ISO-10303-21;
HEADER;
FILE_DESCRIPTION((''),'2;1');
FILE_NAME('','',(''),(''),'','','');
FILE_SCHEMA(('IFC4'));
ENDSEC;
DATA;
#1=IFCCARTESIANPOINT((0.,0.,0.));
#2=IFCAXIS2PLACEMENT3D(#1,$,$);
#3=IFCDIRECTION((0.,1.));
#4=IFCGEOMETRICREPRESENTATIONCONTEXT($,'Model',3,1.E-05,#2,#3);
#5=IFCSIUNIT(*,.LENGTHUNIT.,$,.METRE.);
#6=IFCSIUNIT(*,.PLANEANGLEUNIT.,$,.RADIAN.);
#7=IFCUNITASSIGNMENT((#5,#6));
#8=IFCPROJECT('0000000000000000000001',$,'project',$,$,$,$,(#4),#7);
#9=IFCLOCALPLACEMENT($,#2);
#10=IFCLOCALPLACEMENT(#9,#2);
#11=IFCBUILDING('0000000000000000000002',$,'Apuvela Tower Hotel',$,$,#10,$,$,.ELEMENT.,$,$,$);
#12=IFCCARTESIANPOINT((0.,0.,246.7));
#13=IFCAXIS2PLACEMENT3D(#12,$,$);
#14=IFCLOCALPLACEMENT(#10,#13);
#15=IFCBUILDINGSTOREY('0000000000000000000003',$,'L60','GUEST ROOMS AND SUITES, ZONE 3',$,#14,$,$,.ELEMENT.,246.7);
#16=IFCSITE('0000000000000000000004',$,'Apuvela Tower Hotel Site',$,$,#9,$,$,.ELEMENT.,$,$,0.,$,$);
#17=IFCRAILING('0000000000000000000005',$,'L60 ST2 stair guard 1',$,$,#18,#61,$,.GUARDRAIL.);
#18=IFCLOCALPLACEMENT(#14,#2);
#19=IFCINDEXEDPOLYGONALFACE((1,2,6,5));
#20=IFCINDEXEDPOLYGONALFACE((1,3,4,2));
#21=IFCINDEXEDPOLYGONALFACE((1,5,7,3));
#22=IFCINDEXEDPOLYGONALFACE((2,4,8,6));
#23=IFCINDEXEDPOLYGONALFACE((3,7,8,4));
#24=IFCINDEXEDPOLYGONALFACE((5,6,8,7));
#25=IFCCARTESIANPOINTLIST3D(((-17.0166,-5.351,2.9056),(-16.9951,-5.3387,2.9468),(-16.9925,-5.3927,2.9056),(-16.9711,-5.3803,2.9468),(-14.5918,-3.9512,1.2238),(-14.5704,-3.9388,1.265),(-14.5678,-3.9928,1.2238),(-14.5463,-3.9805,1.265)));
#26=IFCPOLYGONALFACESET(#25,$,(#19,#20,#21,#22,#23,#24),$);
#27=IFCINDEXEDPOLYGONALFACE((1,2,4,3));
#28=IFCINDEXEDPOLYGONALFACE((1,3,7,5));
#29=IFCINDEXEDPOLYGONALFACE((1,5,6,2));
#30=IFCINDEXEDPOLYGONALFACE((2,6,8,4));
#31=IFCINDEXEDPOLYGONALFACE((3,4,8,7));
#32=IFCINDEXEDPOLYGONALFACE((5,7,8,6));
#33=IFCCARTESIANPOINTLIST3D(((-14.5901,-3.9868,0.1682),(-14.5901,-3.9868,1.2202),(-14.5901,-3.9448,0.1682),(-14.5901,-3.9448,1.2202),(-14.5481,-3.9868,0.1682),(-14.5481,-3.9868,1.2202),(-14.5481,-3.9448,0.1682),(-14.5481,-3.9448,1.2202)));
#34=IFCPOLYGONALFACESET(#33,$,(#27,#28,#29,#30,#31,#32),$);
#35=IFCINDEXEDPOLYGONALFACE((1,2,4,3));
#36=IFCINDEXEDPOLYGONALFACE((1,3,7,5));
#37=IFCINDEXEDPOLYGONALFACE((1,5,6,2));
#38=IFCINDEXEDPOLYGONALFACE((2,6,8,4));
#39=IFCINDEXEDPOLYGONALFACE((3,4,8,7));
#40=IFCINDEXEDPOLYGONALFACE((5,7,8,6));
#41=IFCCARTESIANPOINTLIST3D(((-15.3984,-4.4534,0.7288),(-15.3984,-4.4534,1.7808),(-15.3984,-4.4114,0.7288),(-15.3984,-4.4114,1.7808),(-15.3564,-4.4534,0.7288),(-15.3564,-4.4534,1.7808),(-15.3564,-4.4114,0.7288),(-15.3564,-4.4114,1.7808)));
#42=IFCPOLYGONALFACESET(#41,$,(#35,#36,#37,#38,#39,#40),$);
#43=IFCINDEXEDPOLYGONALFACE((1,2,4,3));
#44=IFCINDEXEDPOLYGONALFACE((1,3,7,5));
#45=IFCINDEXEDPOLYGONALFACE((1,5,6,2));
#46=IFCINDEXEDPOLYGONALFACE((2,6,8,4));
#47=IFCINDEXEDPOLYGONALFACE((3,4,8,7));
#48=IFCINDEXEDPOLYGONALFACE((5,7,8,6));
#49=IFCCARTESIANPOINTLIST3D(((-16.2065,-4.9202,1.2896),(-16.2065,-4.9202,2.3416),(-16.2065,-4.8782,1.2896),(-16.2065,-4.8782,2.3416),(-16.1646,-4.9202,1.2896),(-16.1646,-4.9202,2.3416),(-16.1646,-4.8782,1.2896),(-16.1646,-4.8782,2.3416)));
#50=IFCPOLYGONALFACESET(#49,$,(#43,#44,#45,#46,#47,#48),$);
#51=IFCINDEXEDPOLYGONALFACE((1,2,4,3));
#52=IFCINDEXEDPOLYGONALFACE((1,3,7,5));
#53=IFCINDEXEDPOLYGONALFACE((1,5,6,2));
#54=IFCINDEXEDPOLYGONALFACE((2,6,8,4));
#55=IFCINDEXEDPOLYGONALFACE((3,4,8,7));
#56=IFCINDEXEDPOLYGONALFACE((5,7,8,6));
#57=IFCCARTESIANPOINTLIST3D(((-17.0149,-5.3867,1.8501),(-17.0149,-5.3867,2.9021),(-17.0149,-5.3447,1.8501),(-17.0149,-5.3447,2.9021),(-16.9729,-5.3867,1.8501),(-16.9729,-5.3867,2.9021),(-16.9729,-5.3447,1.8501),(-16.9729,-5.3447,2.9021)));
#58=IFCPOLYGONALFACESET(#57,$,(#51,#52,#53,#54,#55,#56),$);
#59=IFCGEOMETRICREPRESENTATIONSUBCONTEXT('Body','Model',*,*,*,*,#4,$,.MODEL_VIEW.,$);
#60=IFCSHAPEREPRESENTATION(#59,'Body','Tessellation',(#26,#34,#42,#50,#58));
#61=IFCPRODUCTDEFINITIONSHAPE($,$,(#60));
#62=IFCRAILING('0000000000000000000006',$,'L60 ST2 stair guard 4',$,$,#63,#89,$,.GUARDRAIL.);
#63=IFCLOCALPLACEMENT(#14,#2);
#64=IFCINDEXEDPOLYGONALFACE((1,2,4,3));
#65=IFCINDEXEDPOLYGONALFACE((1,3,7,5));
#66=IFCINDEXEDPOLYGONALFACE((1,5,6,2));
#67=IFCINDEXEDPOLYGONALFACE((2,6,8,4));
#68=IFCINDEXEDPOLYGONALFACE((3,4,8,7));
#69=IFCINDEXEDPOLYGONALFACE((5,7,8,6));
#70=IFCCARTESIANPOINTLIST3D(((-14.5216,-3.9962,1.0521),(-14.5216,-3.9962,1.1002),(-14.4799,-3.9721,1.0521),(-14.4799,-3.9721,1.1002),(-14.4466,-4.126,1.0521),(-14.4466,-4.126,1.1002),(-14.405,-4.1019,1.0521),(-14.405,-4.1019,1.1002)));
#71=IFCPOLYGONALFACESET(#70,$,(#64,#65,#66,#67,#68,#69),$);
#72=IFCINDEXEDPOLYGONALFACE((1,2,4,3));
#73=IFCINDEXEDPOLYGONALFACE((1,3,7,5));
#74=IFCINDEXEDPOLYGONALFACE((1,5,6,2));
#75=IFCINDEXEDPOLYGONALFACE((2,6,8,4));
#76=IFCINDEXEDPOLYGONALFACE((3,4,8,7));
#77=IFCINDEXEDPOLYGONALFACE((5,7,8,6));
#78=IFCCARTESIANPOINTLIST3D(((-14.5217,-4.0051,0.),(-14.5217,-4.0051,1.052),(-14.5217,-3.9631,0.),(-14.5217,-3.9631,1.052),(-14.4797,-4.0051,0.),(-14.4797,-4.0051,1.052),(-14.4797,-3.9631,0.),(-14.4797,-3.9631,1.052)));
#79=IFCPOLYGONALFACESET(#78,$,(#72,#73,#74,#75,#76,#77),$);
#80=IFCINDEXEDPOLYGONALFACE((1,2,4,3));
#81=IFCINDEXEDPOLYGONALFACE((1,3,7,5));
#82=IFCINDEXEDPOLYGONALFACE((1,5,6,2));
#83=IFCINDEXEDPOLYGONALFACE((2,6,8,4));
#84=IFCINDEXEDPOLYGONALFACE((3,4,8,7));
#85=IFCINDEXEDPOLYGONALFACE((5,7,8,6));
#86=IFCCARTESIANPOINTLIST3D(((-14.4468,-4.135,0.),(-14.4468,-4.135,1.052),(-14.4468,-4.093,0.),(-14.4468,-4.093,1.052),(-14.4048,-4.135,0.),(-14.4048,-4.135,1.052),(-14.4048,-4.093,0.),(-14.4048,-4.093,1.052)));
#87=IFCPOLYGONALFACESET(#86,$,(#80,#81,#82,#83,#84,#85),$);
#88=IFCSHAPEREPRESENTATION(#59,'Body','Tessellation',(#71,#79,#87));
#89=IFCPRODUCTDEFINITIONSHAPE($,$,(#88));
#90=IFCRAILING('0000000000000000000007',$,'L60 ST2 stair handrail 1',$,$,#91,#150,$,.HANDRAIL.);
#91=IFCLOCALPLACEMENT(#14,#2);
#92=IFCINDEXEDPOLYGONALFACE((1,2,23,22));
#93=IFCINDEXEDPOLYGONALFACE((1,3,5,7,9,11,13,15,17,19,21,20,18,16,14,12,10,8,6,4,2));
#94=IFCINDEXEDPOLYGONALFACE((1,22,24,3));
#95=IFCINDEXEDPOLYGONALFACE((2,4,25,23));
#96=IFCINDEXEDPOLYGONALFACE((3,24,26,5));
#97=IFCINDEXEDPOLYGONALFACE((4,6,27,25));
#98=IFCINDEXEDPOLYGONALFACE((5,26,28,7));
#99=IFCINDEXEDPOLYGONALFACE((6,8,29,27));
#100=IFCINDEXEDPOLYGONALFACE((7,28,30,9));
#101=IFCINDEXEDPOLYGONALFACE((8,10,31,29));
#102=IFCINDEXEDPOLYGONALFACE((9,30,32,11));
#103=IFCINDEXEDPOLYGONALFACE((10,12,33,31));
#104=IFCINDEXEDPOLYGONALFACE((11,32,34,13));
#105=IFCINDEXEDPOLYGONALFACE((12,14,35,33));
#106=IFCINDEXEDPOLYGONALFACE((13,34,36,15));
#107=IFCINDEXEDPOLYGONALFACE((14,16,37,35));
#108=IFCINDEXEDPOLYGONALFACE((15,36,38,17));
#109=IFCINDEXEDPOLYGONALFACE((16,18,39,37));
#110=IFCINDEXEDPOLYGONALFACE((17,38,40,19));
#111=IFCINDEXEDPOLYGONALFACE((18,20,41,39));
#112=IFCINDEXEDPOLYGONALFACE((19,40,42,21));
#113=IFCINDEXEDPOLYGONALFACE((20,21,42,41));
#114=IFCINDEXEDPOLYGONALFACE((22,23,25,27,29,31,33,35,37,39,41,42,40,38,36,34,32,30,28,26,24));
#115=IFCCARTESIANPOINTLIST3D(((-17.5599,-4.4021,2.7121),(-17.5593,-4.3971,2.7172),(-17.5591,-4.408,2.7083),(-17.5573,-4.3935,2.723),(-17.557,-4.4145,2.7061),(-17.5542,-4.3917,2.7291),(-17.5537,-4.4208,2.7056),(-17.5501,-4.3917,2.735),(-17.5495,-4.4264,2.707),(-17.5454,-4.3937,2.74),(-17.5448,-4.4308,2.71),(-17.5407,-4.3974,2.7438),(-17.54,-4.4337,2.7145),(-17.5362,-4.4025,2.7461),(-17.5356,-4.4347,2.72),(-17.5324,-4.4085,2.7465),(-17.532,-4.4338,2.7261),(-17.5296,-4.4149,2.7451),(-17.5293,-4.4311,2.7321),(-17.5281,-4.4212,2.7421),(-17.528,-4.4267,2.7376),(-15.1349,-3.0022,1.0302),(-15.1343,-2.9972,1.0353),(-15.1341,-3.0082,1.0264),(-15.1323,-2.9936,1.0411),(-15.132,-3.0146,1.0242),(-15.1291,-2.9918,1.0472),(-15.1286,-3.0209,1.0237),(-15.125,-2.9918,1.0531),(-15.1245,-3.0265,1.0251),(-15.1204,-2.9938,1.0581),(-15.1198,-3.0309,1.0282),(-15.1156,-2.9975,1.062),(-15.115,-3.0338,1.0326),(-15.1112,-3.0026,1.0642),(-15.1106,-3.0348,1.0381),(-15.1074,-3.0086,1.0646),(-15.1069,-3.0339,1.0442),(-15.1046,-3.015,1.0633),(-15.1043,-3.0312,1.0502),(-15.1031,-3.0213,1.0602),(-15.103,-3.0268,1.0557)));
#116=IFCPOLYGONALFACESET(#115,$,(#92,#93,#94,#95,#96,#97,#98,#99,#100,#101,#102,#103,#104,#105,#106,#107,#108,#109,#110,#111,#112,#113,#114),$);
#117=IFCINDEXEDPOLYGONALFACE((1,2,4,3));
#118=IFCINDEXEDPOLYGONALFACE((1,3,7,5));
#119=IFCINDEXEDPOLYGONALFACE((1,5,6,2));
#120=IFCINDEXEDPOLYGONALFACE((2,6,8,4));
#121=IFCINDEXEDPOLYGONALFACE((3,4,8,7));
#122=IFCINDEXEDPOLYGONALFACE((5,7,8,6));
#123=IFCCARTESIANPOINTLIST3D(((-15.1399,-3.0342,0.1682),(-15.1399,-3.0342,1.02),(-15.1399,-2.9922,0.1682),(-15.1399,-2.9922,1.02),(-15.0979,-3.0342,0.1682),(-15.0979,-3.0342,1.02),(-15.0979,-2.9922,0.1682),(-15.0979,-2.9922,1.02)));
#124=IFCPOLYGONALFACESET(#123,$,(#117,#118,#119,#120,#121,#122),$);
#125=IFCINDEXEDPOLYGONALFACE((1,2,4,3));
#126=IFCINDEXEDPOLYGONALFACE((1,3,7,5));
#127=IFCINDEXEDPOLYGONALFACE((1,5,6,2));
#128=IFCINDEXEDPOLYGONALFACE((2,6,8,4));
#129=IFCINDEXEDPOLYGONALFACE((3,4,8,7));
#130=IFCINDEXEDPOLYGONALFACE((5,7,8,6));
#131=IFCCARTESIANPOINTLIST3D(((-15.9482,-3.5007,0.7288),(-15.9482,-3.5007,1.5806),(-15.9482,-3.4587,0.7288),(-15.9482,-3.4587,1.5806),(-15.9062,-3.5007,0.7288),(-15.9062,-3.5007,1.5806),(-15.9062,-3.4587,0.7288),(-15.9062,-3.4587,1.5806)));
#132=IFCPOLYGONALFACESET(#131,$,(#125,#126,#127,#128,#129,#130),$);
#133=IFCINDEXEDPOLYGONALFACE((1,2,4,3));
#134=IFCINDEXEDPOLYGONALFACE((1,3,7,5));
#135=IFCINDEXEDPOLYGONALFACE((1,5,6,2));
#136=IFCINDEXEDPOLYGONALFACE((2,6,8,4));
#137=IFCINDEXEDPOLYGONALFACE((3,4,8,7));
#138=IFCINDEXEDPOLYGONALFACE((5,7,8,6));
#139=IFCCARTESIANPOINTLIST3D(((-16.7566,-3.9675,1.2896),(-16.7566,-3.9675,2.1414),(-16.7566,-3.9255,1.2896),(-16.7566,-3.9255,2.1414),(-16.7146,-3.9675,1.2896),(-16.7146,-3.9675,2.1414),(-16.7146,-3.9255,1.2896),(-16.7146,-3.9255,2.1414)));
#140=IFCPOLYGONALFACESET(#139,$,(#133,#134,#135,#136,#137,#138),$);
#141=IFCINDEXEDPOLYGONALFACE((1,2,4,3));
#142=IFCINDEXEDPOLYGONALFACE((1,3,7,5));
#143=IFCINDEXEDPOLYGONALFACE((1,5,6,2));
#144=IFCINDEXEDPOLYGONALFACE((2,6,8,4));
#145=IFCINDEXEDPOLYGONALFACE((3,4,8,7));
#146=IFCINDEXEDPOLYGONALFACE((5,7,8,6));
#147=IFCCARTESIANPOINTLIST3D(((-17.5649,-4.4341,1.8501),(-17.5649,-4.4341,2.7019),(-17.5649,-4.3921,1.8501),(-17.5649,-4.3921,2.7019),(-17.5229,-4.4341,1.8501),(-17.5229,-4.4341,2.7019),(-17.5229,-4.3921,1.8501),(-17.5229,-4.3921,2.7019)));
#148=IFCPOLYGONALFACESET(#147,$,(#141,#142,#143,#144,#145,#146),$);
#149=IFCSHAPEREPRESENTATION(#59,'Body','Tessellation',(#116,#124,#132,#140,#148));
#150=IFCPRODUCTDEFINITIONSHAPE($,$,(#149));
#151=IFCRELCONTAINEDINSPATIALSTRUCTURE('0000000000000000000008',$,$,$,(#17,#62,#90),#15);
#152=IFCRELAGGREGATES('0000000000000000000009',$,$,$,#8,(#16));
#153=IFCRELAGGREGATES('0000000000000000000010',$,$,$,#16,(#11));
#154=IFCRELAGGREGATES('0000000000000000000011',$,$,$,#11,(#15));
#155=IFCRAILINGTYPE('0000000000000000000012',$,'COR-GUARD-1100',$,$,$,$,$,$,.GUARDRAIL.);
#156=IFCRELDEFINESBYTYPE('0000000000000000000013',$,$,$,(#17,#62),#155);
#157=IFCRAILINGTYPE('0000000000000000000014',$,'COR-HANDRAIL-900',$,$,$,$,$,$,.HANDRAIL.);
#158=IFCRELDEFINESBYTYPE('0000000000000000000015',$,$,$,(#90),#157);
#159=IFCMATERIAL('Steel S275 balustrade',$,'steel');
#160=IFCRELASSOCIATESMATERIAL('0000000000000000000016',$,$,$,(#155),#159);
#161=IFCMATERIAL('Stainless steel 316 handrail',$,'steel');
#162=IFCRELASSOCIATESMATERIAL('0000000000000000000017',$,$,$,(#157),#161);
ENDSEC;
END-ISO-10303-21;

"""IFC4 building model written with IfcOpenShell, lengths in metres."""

from ifc_helpers import new_model, si_unit, direction, frame, origin, origin_2d, place, context, subcontext, project, spatial, rectangle, circle, extrude, material, type_object, element, save


model = new_model("IFC4")

# Units and contexts
model_context = context("Model", 3, precision=1e-05, world=origin(), true_north=direction((0.0, 1.0)))
body_context = subcontext(model_context, "Body", "Model", "MODEL_VIEW")
ifc_project = project(units=[si_unit("LENGTHUNIT", "METRE"), si_unit("PLANEANGLEUNIT", "RADIAN")], contexts=[model_context])

# Site, building, storey
site_placement = place(None, origin())
site = spatial("IfcSite", under=ifc_project, at=site_placement, Name="Apuvela Tower Hotel Site", CompositionType="ELEMENT", RefElevation=0.0)
building_placement = place(site_placement, origin())
building = spatial("IfcBuilding", under=site, at=building_placement, Name="Apuvela Tower Hotel", CompositionType="ELEMENT")
storey_placement = place(building_placement, frame((0.0, 0.0, 246.7)))
storey = spatial("IfcBuildingStorey", under=building, at=storey_placement, Name="L60", Description="GUEST ROOMS AND SUITES, ZONE 3", CompositionType="ELEMENT", Elevation=246.7)

# Railings
ifc_material_1 = material(Name="Steel S275 balustrade", Category="steel")
railing_type_1 = type_object("IfcRailingType", Name="COR-GUARD-1100", PredefinedType="GUARDRAIL", material=ifc_material_1)
railing_1_placement = place(storey_placement, frame((-14.5691, -3.9658, 0.1682)))
element("IfcRailing", 1, at=railing_1_placement, inside=storey, type_object=railing_type_1, Name="L60 ST2 stair guard 1", PredefinedType="GUARDRAIL", context=body_context, shape_type="SweptSolid", body=[
    extrude(rectangle(XDim=0.0481, YDim=0.0481, at=origin_2d()), frame((0.0, 0.0, 1.0762), z_axis=(-0.74239, -0.428601, 0.514934), x_axis=(0.499984, -0.866035, 0.0)), (0.0, 0.0, 1.0), 3.2661),
    extrude(rectangle(XDim=0.042, YDim=0.042, at=origin_2d()), origin(), (0.0, 0.0, 1.0), 1.052),
    extrude(rectangle(XDim=0.042, YDim=0.042, at=origin_2d()), frame((-0.8083, -0.4666, 0.5605)), (0.0, 0.0, 1.0), 1.052),
    extrude(rectangle(XDim=0.042, YDim=0.042, at=origin_2d()), frame((-1.6165, -0.9333, 1.1213)), (0.0, 0.0, 1.0), 1.052),
    extrude(rectangle(XDim=0.042, YDim=0.042, at=origin_2d()), frame((-2.4248, -1.3999, 1.6819)), (0.0, 0.0, 1.0), 1.052),
])
railing_2_placement = place(storey_placement, frame((-14.5007, -3.9841, 0.0)))
element("IfcRailing", 2, at=railing_2_placement, inside=storey, type_object=railing_type_1, Name="L60 ST2 stair guard 4", PredefinedType="GUARDRAIL", context=body_context, shape_type="SweptSolid", body=[
    extrude(rectangle(XDim=0.0481, YDim=0.0481, at=origin_2d()), frame((0.0, 0.0, 1.0762), z_axis=(0.499816, -0.866131, 0.0), x_axis=(0.866131, 0.499816, 0.0)), (0.0, 0.0, 1.0), 0.1499),
    extrude(rectangle(XDim=0.042, YDim=0.042, at=origin_2d()), origin(), (0.0, 0.0, 1.0), 1.052),
    extrude(rectangle(XDim=0.042, YDim=0.042, at=origin_2d()), frame((0.075, -0.1299, 0.0)), (0.0, 0.0, 1.0), 1.052),
])
ifc_material_2 = material(Name="Stainless steel 316 handrail", Category="steel")
railing_type_2 = type_object("IfcRailingType", Name="COR-HANDRAIL-900", PredefinedType="HANDRAIL", material=ifc_material_2)
railing_3_placement = place(storey_placement, frame((-15.1189, -3.0132, 0.1682)))
element("IfcRailing", 3, at=railing_3_placement, inside=storey, type_object=railing_type_2, Name="L60 ST2 stair handrail 1", PredefinedType="HANDRAIL", context=body_context, shape_type="SweptSolid", body=[
    extrude(circle(Radius=0.0239, at=origin_2d()), frame((0.0, 0.0, 0.876), z_axis=(-0.742424, -0.428577, 0.514906), x_axis=(0.499946, -0.866056, 0.0)), (0.0, 0.0, 1.0), 3.2664),
    extrude(rectangle(XDim=0.042, YDim=0.042, at=origin_2d()), origin(), (0.0, 0.0, 1.0), 0.8518),
    extrude(rectangle(XDim=0.042, YDim=0.042, at=origin_2d()), frame((-0.8083, -0.4666, 0.5605)), (0.0, 0.0, 1.0), 0.8518),
    extrude(rectangle(XDim=0.042, YDim=0.042, at=origin_2d()), frame((-1.6167, -0.9333, 1.1213)), (0.0, 0.0, 1.0), 0.8518),
    extrude(rectangle(XDim=0.042, YDim=0.042, at=origin_2d()), frame((-2.425, -1.3999, 1.6819)), (0.0, 0.0, 1.0), 0.8518),
])

save(model, "model.ifc")
